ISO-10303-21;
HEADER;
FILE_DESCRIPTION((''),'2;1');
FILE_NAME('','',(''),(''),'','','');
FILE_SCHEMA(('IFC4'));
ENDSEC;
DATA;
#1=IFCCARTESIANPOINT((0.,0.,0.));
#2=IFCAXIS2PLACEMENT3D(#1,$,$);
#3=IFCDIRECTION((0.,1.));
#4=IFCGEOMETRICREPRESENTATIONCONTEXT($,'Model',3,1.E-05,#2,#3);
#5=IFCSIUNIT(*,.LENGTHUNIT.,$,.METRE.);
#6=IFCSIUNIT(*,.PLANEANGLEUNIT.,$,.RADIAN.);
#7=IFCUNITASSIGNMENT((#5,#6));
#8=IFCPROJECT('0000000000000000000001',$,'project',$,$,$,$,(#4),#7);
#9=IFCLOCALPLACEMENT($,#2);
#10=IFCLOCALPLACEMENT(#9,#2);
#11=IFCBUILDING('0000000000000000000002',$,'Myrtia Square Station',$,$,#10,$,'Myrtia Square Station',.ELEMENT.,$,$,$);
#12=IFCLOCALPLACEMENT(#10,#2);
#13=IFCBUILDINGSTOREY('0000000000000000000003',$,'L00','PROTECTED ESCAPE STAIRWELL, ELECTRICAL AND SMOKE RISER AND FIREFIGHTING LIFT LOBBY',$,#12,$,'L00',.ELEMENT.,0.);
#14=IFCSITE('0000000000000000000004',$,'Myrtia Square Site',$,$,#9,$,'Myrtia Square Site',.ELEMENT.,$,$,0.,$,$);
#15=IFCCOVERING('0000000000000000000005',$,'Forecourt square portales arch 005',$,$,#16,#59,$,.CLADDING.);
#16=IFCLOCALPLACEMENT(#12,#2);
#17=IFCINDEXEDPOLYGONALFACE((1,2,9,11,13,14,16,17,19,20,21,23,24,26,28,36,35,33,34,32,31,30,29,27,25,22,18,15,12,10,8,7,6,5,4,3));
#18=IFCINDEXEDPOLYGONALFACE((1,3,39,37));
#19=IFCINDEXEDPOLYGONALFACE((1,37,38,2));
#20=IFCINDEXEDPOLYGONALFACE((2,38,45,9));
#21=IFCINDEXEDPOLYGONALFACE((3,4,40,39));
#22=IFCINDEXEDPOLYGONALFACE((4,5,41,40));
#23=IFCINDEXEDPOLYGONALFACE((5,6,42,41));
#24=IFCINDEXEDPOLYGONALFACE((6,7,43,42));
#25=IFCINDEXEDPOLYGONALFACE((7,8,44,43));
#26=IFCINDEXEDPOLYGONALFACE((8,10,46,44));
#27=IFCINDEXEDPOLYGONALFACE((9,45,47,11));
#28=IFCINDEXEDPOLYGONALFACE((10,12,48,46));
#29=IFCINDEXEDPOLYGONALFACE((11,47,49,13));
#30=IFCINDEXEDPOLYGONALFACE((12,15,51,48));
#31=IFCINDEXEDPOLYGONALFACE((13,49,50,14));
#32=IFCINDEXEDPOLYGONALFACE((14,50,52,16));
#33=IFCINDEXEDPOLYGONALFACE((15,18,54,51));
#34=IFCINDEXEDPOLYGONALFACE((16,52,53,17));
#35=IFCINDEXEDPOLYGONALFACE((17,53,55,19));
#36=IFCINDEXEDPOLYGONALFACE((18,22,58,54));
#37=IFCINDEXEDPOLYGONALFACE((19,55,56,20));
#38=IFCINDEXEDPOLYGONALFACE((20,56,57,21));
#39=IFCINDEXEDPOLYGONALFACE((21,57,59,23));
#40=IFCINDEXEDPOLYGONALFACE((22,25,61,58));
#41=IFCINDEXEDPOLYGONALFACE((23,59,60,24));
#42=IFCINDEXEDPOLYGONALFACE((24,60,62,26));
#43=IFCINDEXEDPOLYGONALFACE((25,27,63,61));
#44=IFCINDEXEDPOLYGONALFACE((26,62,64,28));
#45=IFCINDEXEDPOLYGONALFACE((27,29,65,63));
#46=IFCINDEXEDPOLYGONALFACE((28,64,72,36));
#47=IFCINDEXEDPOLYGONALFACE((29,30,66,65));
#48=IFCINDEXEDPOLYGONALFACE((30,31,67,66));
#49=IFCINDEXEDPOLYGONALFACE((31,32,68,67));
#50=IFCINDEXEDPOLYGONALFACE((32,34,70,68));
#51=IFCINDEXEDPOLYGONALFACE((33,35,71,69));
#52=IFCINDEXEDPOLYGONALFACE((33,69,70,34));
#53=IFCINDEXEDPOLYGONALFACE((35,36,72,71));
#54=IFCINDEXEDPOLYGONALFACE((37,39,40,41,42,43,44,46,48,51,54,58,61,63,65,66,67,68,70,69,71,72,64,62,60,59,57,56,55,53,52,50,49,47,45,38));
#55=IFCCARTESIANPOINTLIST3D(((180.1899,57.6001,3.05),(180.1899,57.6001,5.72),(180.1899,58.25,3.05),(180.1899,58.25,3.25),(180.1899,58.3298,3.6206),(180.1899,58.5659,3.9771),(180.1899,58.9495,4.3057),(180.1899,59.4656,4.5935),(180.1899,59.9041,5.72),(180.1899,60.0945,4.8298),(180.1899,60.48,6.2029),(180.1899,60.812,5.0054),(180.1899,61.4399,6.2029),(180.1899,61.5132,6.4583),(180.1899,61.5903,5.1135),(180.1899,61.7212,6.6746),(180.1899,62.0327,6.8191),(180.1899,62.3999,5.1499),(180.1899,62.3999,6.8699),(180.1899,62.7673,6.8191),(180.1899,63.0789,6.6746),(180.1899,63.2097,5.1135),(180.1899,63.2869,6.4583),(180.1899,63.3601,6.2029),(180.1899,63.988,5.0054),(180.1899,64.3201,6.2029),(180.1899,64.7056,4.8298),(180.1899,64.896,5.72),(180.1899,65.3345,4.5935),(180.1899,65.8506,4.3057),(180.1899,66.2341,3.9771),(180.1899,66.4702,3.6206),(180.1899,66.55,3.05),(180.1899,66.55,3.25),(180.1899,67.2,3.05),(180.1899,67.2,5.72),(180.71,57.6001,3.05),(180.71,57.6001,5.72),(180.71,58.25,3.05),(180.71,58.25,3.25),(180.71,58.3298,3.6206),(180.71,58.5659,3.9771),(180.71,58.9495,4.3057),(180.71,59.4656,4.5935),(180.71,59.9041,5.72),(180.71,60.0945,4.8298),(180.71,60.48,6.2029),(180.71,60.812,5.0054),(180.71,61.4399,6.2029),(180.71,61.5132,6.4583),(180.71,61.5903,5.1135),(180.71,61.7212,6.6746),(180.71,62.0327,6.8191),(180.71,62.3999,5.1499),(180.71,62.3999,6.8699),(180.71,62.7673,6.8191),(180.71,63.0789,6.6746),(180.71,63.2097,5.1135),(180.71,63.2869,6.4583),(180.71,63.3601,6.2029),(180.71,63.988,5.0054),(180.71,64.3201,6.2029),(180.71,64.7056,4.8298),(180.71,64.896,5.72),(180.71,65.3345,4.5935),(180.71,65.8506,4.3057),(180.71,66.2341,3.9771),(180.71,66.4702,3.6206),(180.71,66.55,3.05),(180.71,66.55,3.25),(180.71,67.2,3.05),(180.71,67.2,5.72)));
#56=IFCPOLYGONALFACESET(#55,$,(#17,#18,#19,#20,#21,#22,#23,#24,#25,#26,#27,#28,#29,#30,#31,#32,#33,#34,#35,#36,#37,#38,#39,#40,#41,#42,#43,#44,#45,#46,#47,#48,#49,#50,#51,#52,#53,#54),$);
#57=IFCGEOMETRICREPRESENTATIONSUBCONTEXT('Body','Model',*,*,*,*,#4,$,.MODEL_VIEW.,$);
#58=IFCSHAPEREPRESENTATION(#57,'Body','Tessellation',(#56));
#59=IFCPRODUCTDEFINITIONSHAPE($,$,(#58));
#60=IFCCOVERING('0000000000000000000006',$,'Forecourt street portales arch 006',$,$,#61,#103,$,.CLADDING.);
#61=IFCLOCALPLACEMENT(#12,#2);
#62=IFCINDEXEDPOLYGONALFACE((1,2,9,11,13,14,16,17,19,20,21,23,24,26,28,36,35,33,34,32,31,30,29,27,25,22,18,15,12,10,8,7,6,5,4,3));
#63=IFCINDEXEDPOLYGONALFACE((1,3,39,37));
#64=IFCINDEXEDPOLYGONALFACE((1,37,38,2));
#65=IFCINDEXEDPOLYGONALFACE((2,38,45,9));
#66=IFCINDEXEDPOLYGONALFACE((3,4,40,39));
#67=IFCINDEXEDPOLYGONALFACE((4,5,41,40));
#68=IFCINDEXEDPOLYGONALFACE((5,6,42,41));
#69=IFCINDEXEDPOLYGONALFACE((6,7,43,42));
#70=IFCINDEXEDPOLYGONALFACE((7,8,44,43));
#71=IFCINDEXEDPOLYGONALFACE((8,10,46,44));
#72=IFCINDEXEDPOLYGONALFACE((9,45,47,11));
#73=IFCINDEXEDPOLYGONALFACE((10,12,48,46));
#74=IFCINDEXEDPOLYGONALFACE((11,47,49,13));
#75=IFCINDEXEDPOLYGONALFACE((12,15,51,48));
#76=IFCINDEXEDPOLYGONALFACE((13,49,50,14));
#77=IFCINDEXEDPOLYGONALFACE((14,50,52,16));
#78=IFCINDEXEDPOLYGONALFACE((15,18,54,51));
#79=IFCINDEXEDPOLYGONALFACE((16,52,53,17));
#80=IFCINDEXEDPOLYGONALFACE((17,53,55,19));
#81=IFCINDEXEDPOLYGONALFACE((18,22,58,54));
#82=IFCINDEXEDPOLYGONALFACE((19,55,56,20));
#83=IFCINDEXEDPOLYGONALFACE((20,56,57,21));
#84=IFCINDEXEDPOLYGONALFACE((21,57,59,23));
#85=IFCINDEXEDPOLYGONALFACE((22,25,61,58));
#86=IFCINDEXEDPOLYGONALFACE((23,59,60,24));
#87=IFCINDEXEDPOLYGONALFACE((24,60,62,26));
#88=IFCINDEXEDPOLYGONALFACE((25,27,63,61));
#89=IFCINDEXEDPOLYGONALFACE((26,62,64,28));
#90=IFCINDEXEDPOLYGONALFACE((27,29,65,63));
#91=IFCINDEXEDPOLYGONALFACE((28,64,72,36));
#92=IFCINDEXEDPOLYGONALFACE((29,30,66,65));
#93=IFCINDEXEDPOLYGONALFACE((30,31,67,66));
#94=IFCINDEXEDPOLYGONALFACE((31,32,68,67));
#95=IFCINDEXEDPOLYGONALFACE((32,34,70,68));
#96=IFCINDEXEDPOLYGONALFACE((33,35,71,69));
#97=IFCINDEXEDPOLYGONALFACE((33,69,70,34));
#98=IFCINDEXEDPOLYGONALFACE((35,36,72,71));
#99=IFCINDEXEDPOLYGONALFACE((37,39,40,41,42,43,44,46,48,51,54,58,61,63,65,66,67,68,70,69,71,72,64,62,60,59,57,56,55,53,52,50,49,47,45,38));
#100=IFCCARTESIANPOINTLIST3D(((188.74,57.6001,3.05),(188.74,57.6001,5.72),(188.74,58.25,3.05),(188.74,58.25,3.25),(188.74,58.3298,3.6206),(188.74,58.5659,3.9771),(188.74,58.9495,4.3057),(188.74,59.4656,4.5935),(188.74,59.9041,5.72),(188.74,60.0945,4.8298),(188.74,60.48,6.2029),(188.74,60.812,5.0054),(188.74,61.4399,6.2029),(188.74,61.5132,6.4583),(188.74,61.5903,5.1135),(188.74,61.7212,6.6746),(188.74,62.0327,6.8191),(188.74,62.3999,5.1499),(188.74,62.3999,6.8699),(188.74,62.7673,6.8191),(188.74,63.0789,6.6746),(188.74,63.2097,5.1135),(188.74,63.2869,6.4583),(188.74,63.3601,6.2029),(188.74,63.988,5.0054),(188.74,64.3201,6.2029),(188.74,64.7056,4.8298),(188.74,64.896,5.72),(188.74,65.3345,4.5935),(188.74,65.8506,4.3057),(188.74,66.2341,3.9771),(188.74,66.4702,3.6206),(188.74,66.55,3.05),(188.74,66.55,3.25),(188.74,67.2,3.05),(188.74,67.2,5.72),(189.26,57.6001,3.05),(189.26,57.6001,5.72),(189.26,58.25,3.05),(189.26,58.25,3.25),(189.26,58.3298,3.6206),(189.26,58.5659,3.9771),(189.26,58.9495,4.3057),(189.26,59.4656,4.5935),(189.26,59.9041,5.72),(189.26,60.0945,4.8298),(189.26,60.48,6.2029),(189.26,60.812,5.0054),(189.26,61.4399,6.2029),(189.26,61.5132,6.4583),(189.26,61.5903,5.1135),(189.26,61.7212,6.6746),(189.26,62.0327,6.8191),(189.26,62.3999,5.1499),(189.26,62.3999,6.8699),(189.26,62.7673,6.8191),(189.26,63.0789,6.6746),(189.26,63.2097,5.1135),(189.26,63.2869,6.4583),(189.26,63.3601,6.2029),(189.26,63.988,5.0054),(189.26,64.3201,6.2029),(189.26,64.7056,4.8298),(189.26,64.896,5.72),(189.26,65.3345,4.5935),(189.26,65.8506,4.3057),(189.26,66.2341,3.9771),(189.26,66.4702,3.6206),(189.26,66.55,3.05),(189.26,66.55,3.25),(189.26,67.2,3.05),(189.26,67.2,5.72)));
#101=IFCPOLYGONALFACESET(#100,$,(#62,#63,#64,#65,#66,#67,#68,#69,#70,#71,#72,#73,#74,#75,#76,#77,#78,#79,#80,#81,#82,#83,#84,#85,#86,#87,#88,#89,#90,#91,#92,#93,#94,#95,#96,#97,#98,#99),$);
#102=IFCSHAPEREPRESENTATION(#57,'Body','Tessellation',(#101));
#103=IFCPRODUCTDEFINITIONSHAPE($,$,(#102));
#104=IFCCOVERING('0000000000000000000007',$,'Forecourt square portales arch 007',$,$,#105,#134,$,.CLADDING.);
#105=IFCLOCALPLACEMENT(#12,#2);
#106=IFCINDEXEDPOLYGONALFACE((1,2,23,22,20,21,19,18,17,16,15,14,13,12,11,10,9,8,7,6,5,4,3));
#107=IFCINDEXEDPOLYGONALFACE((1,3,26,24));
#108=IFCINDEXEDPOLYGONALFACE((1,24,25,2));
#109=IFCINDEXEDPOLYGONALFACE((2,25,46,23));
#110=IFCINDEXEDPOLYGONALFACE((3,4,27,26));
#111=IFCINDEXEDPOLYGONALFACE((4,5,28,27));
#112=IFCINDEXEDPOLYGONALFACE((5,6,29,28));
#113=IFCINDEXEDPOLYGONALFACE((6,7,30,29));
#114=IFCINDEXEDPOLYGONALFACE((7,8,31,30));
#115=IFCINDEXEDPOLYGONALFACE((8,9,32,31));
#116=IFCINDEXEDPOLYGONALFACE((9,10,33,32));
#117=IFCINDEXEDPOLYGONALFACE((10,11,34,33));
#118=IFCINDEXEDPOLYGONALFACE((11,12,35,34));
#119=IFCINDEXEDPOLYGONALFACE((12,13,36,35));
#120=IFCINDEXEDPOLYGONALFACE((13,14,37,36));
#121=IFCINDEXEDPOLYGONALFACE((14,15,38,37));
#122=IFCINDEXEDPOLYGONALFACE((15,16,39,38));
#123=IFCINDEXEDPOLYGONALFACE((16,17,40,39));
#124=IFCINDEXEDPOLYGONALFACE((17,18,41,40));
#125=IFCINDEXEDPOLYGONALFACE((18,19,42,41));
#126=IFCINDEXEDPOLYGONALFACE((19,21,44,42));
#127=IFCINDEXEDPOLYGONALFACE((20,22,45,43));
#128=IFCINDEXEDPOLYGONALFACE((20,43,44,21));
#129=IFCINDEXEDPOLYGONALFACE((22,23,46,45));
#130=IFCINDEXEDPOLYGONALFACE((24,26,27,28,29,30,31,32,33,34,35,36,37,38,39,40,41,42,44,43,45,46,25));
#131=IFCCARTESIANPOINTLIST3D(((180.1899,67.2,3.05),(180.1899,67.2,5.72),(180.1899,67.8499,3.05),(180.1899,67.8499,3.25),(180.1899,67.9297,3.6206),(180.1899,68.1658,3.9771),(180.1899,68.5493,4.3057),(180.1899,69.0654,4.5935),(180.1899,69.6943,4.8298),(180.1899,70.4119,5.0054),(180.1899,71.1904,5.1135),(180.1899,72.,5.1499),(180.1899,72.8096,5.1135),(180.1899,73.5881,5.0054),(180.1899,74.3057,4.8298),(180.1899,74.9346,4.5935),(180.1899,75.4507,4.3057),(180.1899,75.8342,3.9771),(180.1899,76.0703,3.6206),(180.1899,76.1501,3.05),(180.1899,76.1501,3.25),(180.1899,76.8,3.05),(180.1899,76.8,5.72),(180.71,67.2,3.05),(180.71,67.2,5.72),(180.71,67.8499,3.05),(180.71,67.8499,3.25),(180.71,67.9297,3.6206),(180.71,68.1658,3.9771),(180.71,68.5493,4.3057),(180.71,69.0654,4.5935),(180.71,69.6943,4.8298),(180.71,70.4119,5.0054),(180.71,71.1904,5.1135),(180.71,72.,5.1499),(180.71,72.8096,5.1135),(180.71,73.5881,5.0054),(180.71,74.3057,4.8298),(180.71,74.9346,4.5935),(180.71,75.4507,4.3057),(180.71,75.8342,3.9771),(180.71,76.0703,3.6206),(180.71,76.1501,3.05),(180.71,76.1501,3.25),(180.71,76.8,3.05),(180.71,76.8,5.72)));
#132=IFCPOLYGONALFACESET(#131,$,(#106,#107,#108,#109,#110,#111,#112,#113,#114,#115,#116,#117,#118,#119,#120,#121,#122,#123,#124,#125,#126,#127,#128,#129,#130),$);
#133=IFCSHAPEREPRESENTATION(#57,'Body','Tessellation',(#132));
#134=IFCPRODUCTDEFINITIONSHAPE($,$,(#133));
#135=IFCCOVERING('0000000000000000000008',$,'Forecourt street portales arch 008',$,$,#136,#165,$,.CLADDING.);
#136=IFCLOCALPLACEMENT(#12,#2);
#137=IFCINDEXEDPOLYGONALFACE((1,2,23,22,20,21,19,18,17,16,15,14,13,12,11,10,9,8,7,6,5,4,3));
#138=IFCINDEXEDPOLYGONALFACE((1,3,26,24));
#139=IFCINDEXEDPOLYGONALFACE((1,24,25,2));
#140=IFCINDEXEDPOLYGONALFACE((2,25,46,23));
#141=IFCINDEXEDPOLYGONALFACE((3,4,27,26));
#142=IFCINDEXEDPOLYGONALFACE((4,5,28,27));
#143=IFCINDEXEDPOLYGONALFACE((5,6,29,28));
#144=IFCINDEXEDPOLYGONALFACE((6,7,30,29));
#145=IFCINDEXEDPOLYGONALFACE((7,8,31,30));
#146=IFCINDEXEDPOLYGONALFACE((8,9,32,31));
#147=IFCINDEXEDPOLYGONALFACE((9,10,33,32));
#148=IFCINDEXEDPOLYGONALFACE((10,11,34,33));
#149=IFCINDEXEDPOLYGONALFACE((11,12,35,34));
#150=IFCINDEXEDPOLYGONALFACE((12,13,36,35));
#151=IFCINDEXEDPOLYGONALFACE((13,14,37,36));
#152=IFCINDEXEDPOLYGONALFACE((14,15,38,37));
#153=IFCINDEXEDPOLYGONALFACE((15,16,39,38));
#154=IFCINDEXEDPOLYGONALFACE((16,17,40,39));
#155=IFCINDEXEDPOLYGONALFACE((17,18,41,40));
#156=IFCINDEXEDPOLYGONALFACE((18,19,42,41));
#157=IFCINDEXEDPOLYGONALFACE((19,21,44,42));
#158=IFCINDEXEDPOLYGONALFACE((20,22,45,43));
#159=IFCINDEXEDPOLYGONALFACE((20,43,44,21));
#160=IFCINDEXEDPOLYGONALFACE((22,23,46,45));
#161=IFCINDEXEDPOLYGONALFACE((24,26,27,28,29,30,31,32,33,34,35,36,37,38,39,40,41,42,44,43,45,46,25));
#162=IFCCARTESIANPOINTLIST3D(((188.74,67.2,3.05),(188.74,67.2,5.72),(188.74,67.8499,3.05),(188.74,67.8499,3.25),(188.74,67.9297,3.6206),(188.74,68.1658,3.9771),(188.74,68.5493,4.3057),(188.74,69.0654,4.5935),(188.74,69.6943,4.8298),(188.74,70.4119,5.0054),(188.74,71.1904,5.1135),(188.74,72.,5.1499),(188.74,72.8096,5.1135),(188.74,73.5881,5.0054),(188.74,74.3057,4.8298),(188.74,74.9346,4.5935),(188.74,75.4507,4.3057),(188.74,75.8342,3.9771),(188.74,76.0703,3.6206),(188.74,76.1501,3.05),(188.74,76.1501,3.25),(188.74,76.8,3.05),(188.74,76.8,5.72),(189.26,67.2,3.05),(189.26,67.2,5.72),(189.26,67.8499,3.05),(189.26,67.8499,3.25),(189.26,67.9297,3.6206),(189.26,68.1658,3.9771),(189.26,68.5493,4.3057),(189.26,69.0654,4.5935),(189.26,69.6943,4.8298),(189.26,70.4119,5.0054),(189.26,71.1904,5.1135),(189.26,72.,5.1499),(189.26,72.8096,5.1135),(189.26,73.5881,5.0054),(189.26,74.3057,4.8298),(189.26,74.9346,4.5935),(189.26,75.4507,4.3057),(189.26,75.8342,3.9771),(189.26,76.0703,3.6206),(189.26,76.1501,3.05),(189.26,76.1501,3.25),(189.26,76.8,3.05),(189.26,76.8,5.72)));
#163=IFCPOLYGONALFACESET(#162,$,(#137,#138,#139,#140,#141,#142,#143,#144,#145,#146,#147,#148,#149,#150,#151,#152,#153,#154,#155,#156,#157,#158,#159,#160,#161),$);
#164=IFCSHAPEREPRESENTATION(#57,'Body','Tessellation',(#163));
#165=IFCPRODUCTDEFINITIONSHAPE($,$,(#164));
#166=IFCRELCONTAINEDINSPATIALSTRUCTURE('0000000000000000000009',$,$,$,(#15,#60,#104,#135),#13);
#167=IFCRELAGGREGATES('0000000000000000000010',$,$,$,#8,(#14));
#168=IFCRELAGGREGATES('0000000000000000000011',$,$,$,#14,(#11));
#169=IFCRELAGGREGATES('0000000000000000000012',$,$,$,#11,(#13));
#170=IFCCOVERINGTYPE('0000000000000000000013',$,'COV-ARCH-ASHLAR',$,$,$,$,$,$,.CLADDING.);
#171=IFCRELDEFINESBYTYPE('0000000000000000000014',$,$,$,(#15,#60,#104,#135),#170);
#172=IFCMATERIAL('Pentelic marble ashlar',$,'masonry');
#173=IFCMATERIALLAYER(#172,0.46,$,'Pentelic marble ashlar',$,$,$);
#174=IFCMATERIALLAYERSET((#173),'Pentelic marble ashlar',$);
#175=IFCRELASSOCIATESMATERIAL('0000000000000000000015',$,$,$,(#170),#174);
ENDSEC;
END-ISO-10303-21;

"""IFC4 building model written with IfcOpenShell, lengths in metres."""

from ifc_helpers import new_model, si_unit, direction, frame, origin, place, context, subcontext, project, spatial, polyline, outline, extrude, material, layer, layer_set, type_object, element, save


model = new_model("IFC4")

# Units and contexts
model_context = context("Model", 3, precision=1e-05, world=origin(), true_north=direction((0.0, 1.0)))
body_context = subcontext(model_context, "Body", "Model", "MODEL_VIEW")
ifc_project = project(units=[si_unit("LENGTHUNIT", "METRE"), si_unit("PLANEANGLEUNIT", "RADIAN")], contexts=[model_context])

# Site, building, storey
site_placement = place(None, origin())
site = spatial("IfcSite", under=ifc_project, at=site_placement, Name="Myrtia Square Site", LongName="Myrtia Square Site", CompositionType="ELEMENT", RefElevation=0.0)
building_placement = place(site_placement, origin())
building = spatial("IfcBuilding", under=site, at=building_placement, Name="Myrtia Square Station", LongName="Myrtia Square Station", CompositionType="ELEMENT")
storey_placement = place(building_placement, origin())
storey = spatial("IfcBuildingStorey", under=building, at=storey_placement, Name="L00", Description="PROTECTED ESCAPE STAIRWELL, ELECTRICAL AND SMOKE RISER AND FIREFIGHTING LIFT LOBBY", LongName="L00", CompositionType="ELEMENT", Elevation=0.0)

# Coverings
ifc_material_1 = material(Name="Pentelic marble ashlar", Category="masonry")
ifc_layer_1 = layer(ifc_material_1, 0.46, Name="Pentelic marble ashlar")
ifc_layer_set_1 = layer_set([ifc_layer_1], Name="Pentelic marble ashlar")
covering_type = type_object("IfcCoveringType", Name="COV-ARCH-ASHLAR", PredefinedType="CLADDING", material=ifc_layer_set_1)
for number, where, z_axis, x_axis, name in (
    (1, (180.45, 57.6001, 3.05), (0.0, 0.0, 1.0), (0.0, 1.0, 0.0), "Forecourt square portales arch 005"),
    (2, (189.0, 57.6001, 3.05), (0.0, 0.0, 1.0), (0.0, 1.0, 0.0), "Forecourt street portales arch 006"),
):
    element("IfcCovering", number, at=place(storey_placement, frame(where, z_axis=z_axis, x_axis=x_axis)), inside=storey, type_object=covering_type, Name=name, PredefinedType="CLADDING", context=body_context, shape_type="SweptSolid", body=[
        extrude(outline(polyline([(0.0, 0.0), (0.6499, 0.0), (0.6499, 0.2), (0.7297, 0.5706), (0.9658, 0.927), (1.3494, 1.2556), (1.8655, 1.5435), (2.4944, 1.7798), (3.2119, 1.9553), (3.9902, 2.0635), (4.7998, 2.0999), (5.6096, 2.0635), (6.3879, 1.9553), (7.1055, 1.7798), (7.7344, 1.5435), (8.2505, 1.2556), (8.634, 0.927), (8.8701, 0.5706), (8.95, 0.2), (8.95, 0.0), (9.5999, 0.0), (9.5999, 2.6699), (7.2959, 2.6699), (6.72, 3.1528), (5.76, 3.1528), (5.6868, 3.4082), (5.4788, 3.6245), (5.1672, 3.769), (4.7998, 3.8198), (4.4326, 3.769), (4.1211, 3.6245), (3.9131, 3.4082), (3.8398, 3.1528), (2.8799, 3.1528), (2.304, 2.6699), (0.0, 2.6699), (0.0, 0.0)])), frame((0.0, 0.26, 0.0), z_axis=(0.0, -1.0, 0.0), x_axis=(1.0, 0.0, 0.0)), (0.0, 0.0, 1.0), 0.52),
    ])
for number, where, z_axis, x_axis, name in (
    (3, (180.45, 67.2, 3.05), (0.0, 0.0, 1.0), (0.0, 1.0, 0.0), "Forecourt square portales arch 007"),
    (4, (189.0, 67.2, 3.05), (0.0, 0.0, 1.0), (0.0, 1.0, 0.0), "Forecourt street portales arch 008"),
):
    element("IfcCovering", number, at=place(storey_placement, frame(where, z_axis=z_axis, x_axis=x_axis)), inside=storey, type_object=covering_type, Name=name, PredefinedType="CLADDING", context=body_context, shape_type="SweptSolid", body=[
        extrude(outline(polyline([(0.0, 0.0), (0.6499, 0.0), (0.6499, 0.2), (0.7297, 0.5706), (0.9658, 0.927), (1.3494, 1.2556), (1.8655, 1.5435), (2.4944, 1.7798), (3.2119, 1.9553), (3.9905, 2.0635), (4.8, 2.0999), (5.6096, 2.0635), (6.3882, 1.9553), (7.1057, 1.7798), (7.7346, 1.5435), (8.2507, 1.2556), (8.6343, 0.927), (8.8704, 0.5706), (8.9502, 0.2), (8.9502, 0.0), (9.6001, 0.0), (9.6001, 2.6699), (0.0, 2.6699), (0.0, 0.0)])), frame((0.0, 0.26, 0.0), z_axis=(0.0, -1.0, 0.0), x_axis=(1.0, 0.0, 0.0)), (0.0, 0.0, 1.0), 0.52),
    ])

save(model, "model.ifc")
